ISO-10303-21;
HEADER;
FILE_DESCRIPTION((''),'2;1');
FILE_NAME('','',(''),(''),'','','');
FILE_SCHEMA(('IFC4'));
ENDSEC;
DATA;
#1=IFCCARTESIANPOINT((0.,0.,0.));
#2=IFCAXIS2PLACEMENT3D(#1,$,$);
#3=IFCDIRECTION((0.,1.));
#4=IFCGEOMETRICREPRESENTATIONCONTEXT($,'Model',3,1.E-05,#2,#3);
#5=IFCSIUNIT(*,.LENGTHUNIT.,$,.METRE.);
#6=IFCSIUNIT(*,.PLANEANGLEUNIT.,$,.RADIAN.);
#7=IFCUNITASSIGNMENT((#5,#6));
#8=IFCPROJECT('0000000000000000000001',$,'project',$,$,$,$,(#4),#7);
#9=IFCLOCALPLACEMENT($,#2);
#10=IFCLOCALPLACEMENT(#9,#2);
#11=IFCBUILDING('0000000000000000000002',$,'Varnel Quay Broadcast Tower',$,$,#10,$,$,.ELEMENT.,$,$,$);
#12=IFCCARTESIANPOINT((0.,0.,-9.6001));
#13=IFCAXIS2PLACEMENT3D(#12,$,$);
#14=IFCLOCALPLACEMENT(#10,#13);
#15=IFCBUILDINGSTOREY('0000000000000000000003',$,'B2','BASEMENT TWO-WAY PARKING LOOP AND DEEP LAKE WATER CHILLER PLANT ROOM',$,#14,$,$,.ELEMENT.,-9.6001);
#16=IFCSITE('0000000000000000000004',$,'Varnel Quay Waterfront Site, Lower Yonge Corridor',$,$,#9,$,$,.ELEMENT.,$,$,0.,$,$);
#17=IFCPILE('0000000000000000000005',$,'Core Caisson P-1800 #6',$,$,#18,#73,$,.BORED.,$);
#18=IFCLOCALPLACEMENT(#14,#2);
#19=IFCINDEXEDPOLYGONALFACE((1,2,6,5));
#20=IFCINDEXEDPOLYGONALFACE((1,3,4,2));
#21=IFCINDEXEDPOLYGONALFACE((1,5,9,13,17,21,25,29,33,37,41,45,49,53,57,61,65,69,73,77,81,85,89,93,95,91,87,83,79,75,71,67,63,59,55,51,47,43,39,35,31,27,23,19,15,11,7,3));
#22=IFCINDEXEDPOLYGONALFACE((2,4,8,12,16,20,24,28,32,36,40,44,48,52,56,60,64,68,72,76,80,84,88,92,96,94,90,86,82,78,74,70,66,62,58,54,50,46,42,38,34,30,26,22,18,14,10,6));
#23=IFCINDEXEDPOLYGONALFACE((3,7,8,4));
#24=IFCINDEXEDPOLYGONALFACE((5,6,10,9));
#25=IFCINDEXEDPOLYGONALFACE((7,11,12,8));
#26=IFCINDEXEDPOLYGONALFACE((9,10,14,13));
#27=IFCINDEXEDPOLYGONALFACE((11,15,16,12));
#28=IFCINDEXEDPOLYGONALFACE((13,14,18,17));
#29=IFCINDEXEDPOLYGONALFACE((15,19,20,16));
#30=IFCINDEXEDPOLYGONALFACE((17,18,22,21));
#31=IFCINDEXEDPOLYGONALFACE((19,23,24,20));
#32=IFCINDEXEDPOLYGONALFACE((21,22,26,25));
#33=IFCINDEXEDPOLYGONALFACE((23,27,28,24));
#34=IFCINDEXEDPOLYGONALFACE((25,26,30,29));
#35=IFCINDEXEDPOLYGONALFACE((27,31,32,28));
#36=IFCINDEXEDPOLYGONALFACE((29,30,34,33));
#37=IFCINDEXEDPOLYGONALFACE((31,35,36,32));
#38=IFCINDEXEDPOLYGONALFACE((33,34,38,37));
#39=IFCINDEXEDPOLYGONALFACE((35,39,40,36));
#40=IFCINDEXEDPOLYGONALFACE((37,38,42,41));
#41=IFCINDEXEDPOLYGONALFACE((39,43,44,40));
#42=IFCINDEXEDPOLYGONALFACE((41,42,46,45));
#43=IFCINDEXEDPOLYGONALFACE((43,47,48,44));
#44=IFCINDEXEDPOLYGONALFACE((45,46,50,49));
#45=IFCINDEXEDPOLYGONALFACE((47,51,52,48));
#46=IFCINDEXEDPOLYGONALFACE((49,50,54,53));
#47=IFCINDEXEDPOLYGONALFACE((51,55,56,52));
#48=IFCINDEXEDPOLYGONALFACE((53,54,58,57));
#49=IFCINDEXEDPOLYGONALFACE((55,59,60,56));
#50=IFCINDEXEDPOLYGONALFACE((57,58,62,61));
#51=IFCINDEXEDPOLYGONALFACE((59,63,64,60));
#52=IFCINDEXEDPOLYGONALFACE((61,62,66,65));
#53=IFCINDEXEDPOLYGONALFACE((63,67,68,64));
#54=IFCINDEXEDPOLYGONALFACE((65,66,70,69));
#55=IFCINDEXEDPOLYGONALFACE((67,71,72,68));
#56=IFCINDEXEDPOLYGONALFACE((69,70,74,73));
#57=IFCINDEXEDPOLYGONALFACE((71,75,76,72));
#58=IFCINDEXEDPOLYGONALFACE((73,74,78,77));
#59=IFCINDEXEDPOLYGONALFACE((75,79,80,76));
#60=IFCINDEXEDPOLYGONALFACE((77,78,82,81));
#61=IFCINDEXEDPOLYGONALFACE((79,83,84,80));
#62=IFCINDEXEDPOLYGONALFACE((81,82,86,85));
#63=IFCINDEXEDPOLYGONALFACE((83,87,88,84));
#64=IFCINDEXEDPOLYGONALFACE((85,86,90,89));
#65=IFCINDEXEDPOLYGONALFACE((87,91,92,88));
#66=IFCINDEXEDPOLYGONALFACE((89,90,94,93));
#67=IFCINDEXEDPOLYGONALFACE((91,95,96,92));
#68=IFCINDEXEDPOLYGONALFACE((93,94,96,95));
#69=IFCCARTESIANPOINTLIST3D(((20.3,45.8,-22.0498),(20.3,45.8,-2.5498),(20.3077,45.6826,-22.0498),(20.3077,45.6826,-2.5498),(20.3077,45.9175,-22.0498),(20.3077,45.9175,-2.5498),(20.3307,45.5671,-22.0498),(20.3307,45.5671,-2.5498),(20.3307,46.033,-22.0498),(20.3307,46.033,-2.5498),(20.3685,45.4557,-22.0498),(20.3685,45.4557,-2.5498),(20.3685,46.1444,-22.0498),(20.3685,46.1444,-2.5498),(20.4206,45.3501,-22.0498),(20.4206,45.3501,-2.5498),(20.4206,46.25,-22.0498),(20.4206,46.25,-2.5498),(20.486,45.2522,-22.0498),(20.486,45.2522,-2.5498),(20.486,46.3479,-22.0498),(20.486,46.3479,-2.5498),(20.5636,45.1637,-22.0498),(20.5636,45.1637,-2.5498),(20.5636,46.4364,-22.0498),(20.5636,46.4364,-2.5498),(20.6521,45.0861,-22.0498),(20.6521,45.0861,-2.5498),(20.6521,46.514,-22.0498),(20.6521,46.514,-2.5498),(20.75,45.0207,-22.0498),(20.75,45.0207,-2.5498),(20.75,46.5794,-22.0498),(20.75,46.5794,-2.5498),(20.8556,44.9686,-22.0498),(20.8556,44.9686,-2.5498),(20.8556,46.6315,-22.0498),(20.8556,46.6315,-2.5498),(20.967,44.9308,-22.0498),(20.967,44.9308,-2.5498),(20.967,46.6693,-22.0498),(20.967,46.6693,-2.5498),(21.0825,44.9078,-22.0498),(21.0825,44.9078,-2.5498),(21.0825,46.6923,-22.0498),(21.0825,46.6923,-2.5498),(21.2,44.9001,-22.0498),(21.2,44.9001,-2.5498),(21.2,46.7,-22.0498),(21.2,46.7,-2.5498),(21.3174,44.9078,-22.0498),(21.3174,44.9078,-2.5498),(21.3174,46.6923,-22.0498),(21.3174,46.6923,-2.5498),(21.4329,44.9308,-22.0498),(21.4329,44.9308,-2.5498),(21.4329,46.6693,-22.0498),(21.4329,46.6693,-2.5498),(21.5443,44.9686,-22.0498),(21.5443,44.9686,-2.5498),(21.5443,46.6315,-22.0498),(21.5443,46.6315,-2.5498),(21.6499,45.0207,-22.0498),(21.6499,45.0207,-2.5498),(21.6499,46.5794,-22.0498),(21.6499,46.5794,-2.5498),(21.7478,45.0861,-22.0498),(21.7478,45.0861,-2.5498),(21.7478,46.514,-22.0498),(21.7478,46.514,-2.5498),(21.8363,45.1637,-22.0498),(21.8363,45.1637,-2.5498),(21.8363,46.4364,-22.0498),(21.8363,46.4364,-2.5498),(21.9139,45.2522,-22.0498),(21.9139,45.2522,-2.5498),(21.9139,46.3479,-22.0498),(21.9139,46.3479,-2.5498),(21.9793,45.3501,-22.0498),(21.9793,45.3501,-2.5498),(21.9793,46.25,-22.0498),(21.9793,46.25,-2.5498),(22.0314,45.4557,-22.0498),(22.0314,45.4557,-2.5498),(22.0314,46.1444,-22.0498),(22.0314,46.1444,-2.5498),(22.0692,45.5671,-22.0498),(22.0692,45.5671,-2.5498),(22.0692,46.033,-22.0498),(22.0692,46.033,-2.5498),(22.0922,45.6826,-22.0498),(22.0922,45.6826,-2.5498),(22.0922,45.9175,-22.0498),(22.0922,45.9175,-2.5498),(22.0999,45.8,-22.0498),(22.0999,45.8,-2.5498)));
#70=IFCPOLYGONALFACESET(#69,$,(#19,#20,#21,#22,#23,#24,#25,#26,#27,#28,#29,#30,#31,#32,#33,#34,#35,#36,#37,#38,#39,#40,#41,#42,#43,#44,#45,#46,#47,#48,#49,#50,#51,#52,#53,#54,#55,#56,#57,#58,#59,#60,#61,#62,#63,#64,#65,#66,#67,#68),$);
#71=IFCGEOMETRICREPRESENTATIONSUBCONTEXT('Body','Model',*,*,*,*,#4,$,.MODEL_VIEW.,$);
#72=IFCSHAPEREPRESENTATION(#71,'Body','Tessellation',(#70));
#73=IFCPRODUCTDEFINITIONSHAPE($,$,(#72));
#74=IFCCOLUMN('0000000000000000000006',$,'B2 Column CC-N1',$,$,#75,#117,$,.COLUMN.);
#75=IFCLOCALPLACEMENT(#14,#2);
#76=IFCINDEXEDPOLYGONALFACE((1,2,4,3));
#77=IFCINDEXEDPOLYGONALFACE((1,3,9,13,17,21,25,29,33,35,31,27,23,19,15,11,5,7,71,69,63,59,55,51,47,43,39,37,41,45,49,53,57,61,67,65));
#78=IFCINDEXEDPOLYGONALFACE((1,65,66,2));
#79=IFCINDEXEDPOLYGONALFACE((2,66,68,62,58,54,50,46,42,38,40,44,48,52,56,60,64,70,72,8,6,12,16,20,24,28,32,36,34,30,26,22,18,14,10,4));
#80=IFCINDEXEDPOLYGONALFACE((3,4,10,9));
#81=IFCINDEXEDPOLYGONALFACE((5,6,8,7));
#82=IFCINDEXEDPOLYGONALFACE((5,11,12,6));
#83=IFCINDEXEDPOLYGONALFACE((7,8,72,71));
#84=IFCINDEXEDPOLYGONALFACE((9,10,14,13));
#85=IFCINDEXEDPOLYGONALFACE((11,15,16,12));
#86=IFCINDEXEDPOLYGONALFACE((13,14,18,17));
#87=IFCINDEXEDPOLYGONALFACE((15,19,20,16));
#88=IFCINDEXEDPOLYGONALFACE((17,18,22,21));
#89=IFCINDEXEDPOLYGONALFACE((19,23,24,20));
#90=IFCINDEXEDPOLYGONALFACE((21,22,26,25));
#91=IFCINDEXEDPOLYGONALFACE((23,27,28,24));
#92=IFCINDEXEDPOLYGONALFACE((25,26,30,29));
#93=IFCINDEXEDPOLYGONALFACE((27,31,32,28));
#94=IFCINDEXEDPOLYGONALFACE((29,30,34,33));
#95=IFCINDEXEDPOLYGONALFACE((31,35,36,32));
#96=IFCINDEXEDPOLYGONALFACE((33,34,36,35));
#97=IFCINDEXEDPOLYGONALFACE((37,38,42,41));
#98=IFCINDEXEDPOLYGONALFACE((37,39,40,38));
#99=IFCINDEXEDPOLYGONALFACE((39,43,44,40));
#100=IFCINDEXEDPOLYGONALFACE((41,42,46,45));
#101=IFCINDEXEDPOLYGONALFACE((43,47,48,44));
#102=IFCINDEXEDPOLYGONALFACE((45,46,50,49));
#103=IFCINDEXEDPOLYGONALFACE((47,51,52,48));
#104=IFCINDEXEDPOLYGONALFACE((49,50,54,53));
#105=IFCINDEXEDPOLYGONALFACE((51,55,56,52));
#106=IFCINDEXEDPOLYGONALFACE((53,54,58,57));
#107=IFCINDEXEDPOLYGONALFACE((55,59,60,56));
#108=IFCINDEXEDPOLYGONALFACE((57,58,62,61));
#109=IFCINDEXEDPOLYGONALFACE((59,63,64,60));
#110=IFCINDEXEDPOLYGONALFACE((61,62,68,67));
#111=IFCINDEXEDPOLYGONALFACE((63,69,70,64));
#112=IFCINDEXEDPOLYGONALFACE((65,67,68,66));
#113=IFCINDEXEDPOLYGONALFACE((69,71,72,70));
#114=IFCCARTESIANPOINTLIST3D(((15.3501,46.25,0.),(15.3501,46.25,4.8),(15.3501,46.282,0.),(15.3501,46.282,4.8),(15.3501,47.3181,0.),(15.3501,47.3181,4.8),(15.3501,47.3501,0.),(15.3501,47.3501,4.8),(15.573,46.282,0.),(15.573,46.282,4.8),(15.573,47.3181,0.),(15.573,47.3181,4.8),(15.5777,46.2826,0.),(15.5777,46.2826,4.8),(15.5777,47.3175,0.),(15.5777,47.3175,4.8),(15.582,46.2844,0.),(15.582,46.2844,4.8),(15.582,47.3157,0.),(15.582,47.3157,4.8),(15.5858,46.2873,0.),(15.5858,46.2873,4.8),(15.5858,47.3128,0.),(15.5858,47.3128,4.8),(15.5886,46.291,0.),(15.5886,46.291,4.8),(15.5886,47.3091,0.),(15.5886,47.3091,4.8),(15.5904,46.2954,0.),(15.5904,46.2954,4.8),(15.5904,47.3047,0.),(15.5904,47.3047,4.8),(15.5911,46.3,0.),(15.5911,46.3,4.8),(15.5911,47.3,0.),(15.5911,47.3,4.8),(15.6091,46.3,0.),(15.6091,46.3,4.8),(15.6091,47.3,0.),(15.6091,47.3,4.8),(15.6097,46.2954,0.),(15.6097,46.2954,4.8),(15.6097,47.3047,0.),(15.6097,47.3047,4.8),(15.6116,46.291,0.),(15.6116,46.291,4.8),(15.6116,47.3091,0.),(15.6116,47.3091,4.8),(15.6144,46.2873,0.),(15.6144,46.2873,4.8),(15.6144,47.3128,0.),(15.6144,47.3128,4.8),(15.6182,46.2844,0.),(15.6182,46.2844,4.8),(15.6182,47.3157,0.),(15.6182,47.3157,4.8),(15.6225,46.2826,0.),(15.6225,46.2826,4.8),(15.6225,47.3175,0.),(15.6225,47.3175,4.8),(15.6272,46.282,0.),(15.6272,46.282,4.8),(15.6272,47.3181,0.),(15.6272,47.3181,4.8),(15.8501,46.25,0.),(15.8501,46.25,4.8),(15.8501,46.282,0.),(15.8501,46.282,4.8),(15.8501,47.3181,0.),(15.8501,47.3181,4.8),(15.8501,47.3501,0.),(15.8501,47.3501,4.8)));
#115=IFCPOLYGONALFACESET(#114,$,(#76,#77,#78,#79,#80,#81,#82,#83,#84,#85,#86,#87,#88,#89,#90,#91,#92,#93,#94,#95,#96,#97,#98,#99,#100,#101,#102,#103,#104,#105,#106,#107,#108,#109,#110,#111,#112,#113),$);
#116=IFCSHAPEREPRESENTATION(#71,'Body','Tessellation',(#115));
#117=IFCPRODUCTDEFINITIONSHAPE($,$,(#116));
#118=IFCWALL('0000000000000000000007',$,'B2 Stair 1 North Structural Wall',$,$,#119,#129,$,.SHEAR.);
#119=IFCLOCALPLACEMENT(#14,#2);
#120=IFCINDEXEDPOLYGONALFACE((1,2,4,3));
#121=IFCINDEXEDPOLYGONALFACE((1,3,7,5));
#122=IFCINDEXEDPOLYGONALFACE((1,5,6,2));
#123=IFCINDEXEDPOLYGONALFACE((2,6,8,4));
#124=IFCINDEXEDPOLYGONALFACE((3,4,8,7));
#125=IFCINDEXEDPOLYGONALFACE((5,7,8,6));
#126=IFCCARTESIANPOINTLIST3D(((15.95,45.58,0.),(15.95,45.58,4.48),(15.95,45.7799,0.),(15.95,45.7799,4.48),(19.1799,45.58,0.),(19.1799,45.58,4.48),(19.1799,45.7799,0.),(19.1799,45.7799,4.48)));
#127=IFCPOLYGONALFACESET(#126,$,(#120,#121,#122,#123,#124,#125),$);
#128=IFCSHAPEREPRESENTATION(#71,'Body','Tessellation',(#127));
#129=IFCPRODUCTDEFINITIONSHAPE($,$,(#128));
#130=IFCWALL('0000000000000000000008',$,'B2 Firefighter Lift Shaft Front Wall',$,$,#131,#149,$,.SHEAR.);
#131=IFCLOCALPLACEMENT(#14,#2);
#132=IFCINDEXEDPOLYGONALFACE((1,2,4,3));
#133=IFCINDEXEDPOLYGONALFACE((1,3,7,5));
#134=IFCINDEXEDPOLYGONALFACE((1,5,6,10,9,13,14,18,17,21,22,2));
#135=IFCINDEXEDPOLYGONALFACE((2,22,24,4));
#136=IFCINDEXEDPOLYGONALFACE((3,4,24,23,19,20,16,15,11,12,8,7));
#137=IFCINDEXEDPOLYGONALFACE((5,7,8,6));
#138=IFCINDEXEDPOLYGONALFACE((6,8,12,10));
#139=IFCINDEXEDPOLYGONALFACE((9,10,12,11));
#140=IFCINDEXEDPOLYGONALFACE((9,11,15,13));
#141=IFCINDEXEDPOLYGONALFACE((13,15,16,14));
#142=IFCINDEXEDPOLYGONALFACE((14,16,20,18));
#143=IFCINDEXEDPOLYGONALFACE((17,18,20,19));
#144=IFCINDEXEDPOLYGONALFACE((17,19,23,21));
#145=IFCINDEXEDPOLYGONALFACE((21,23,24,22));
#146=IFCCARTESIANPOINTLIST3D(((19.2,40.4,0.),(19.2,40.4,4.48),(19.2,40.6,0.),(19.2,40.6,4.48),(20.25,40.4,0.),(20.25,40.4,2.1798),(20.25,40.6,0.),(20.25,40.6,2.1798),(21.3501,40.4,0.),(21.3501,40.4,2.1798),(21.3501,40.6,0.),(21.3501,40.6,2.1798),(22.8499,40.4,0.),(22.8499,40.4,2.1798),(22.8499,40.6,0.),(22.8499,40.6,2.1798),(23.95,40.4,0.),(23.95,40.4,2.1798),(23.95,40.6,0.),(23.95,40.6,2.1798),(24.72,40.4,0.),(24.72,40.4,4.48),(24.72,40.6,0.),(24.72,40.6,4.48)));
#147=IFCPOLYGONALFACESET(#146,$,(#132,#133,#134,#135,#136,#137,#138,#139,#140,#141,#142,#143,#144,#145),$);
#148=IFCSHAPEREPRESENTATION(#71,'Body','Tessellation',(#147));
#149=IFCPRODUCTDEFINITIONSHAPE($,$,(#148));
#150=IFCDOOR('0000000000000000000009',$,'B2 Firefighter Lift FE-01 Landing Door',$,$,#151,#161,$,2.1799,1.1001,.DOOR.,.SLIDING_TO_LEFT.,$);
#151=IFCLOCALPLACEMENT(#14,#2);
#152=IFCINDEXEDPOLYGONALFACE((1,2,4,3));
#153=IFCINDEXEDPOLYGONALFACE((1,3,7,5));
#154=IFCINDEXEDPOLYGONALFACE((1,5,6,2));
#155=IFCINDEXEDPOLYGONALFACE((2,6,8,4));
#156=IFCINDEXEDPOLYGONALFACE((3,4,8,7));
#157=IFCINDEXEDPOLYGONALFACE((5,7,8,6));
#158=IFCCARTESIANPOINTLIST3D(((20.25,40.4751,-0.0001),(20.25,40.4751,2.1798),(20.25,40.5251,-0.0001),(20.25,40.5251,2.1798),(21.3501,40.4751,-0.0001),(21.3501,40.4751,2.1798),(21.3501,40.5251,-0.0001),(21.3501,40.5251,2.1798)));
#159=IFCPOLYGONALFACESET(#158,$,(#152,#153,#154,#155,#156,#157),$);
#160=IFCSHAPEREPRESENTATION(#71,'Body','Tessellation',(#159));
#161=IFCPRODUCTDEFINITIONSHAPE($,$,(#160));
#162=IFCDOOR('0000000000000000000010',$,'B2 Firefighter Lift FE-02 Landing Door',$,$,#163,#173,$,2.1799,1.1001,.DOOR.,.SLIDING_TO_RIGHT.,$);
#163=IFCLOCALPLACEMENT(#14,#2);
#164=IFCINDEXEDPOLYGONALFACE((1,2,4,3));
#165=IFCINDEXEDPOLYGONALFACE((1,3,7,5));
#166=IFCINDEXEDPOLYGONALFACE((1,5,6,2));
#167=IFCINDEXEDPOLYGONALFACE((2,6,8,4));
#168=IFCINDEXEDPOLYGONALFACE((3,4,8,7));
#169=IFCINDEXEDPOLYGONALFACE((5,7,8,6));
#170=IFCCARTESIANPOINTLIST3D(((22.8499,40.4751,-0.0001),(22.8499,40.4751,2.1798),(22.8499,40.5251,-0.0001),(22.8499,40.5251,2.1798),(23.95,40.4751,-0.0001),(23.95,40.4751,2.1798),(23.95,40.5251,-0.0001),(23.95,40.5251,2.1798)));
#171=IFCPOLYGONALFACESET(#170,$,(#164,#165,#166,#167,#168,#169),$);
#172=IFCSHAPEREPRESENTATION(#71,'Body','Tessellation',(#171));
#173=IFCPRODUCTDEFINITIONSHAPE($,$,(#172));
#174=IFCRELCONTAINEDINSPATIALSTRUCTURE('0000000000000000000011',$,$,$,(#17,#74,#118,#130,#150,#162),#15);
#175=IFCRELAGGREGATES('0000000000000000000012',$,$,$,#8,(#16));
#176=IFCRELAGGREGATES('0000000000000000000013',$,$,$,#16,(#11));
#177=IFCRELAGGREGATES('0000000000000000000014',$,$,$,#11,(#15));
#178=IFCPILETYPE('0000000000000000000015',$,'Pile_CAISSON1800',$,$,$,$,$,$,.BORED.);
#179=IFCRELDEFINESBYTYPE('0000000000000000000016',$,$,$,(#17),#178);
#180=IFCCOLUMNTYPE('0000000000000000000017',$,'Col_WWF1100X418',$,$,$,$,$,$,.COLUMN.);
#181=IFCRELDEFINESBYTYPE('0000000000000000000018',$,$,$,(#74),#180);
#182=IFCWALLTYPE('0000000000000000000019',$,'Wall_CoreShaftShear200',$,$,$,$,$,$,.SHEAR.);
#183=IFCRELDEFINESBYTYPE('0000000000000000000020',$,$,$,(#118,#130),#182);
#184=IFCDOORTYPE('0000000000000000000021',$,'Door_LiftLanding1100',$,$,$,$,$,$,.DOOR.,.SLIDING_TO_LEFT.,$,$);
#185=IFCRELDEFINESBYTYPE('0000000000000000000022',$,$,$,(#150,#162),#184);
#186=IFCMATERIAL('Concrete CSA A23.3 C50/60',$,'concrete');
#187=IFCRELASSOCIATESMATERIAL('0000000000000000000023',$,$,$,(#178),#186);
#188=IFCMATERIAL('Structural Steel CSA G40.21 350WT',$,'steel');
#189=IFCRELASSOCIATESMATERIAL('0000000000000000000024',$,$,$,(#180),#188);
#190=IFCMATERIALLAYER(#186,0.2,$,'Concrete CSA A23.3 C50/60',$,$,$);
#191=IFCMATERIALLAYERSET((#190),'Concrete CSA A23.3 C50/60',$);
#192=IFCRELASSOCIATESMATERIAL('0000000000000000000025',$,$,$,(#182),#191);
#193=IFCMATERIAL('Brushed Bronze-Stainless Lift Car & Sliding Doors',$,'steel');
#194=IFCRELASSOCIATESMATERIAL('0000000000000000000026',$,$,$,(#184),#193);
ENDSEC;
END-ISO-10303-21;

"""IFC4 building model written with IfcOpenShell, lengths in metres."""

from ifc_helpers import new_model, si_unit, direction, frame, frame_2d, origin, origin_2d, place, context, subcontext, project, spatial, rectangle, circle, i_section, extrude, source, transform, mapped, material, layer, layer_set, material_profile, profile_set, type_object, type_shapes, element, fill, save


model = new_model("IFC4")

# Units and contexts
model_context = context("Model", 3, precision=1e-05, world=origin(), true_north=direction((0.0, 1.0)))
body_context = subcontext(model_context, "Body", "Model", "MODEL_VIEW")
ifc_project = project(units=[si_unit("LENGTHUNIT", "METRE"), si_unit("PLANEANGLEUNIT", "RADIAN")], contexts=[model_context])

# Site, building, storey
site_placement = place(None, origin())
site = spatial("IfcSite", under=ifc_project, at=site_placement, Name="Varnel Quay Waterfront Site, Lower Yonge Corridor", CompositionType="ELEMENT", RefElevation=0.0)
building_placement = place(site_placement, origin())
building = spatial("IfcBuilding", under=site, at=building_placement, Name="Varnel Quay Broadcast Tower", CompositionType="ELEMENT")
storey_placement = place(building_placement, frame((0.0, 0.0, -9.6001)))
storey = spatial("IfcBuildingStorey", under=building, at=storey_placement, Name="B2", Description="BASEMENT TWO-WAY PARKING LOOP AND DEEP LAKE WATER CHILLER PLANT ROOM", CompositionType="ELEMENT", Elevation=-9.6001)

# Pile
ifc_material_1 = material(Name="Concrete CSA A23.3 C50/60", Category="concrete")
ifc_material_profile_1 = material_profile(ifc_material_1, circle(Radius=0.8999, at=origin_2d()), Name="CAISSON1800")
ifc_profile_set_1 = profile_set([ifc_material_profile_1], Name="Concrete CSA A23.3 C50/60")
pile_type = type_object("IfcPileType", Name="Pile_CAISSON1800", PredefinedType="BORED", material=ifc_profile_set_1)
shared_shape_1 = source(origin(), body_context, "Body", "SweptSolid", [
    extrude(circle(Radius=0.8999, at=origin_2d()), origin(), (0.0, 0.0, 1.0), 19.5),
])
type_shapes(pile_type, [shared_shape_1])
for number, where, z_axis, x_axis, name in (
    (1, (21.2, 45.8, -2.5498), (0.0, 0.0, -1.0), (1.0, 0.0, 0.0), "Core Caisson P-1800 #6"),
):
    element("IfcPile", number, at=place(storey_placement, frame(where, z_axis=z_axis, x_axis=x_axis)), inside=storey, type_object=pile_type, Name=name, PredefinedType="BORED", context=body_context, shape_type="MappedRepresentation", body=[
        mapped(shared_shape_1, transform((0.0, 0.0, 0.0), x_axis=(1.0, 0.0, 0.0), y_axis=(0.0, 1.0, 0.0), z_axis=(0.0, 0.0, 1.0), scale=1.0)),
    ])

# Column
ifc_material_2 = material(Name="Structural Steel CSA G40.21 350WT", Category="steel")
ifc_material_profile_2 = material_profile(ifc_material_2, i_section(OverallWidth=0.5, OverallDepth=1.1001, WebThickness=0.0181, FlangeThickness=0.032, FilletRadius=0.0181, at=origin_2d()), Name="WWF1100X418")
ifc_profile_set_2 = profile_set([ifc_material_profile_2], Name="Structural Steel CSA G40.21 350WT")
column_type = type_object("IfcColumnType", Name="Col_WWF1100X418", PredefinedType="COLUMN", material=ifc_profile_set_2)
shared_shape_2 = source(origin(), body_context, "Body", "SweptSolid", [
    extrude(i_section(OverallWidth=0.5, OverallDepth=1.1001, WebThickness=0.0181, FlangeThickness=0.032, FilletRadius=0.0181, at=origin_2d()), origin(), (0.0, 0.0, 1.0), 4.8),
])
type_shapes(column_type, [shared_shape_2])
column_placement = place(storey_placement, frame((15.6001, 46.8, 0.0), z_axis=(0.0, 0.0, 1.0), x_axis=(1.0, 0.0, 0.0)))
element("IfcColumn", 2, at=column_placement, inside=storey, type_object=column_type, Name="B2 Column CC-N1", PredefinedType="COLUMN", context=body_context, shape_type="MappedRepresentation", body=[
    mapped(shared_shape_2, transform((0.0, 0.0, 0.0), x_axis=(1.0, 0.0, 0.0), y_axis=(0.0, 1.0, 0.0), z_axis=(0.0, 0.0, 1.0), scale=1.0)),
])

# Wall
ifc_layer_1 = layer(ifc_material_1, 0.2, Name="Concrete CSA A23.3 C50/60")
ifc_layer_set_1 = layer_set([ifc_layer_1], Name="Concrete CSA A23.3 C50/60")
wall_type_1 = type_object("IfcWallType", Name="Wall_CoreShaftShear200", PredefinedType="SHEAR", material=ifc_layer_set_1)
wall_1_placement = place(storey_placement, frame((15.95, 45.6799, 0.0), z_axis=(0.0, 0.0, 1.0), x_axis=(1.0, 0.0, 0.0)))
element("IfcWall", 3, at=wall_1_placement, inside=storey, type_object=wall_type_1, Name="B2 Stair 1 North Structural Wall", PredefinedType="SHEAR", context=body_context, shape_type="SweptSolid", body=[
    extrude(rectangle(XDim=3.23, YDim=0.2, at=frame_2d((1.615, 0.0))), origin(), (0.0, 0.0, 1.0), 4.48),
])

# Wall, openings, doors
wall_2_placement = place(storey_placement, frame((19.2, 40.5, 0.0), z_axis=(0.0, 0.0, 1.0), x_axis=(1.0, 0.0, 0.0)))
wall_2 = element("IfcWall", 4, at=wall_2_placement, inside=storey, type_object=wall_type_1, Name="B2 Firefighter Lift Shaft Front Wall", PredefinedType="SHEAR", context=body_context, shape_type="SweptSolid", body=[
    extrude(rectangle(XDim=5.52, YDim=0.2, at=frame_2d((2.76, 0.0))), origin(), (0.0, 0.0, 1.0), 4.48),
])
opening_1_placement = place(wall_2_placement, frame((1.05, 0.0, 0.0)))
opening_1 = element("IfcOpeningElement", 5, at=opening_1_placement, cuts=wall_2, PredefinedType="OPENING", context=body_context, shape_type="SweptSolid", body=[
    extrude(rectangle(XDim=1.1001, YDim=2.1799, at=frame_2d((0.55, 1.0898))), frame((0.0, 0.1099, 0.0), z_axis=(0.0, -1.0, 0.0), x_axis=(1.0, 0.0, 0.0)), (0.0, 0.0, 1.0), 0.22),
])
opening_2_placement = place(wall_2_placement, frame((3.6499, 0.0, 0.0)))
opening_2 = element("IfcOpeningElement", 6, at=opening_2_placement, cuts=wall_2, PredefinedType="OPENING", context=body_context, shape_type="SweptSolid", body=[
    extrude(rectangle(XDim=1.1001, YDim=2.1799, at=frame_2d((0.55, 1.0898))), frame((0.0, 0.1099, 0.0), z_axis=(0.0, -1.0, 0.0), x_axis=(1.0, 0.0, 0.0)), (0.0, 0.0, 1.0), 0.22),
])
ifc_material_3 = material(Name="Brushed Bronze-Stainless Lift Car & Sliding Doors", Category="steel")
door_type = type_object("IfcDoorType", Name="Door_LiftLanding1100", OperationType="SLIDING_TO_LEFT", PredefinedType="DOOR", material=ifc_material_3)
shared_shape_3 = source(origin(), body_context, "Body", "SweptSolid", [
    extrude(rectangle(XDim=1.1001, YDim=2.1799, at=frame_2d((0.55, 1.0898))), frame((0.0, 0.0249, 0.0), z_axis=(0.0, -1.0, 0.0), x_axis=(1.0, 0.0, 0.0)), (0.0, 0.0, 1.0), 0.05),
])
type_shapes(door_type, [shared_shape_3])
door_1_placement = place(opening_1_placement, frame((1.1001, 0.0, 0.0), z_axis=(0.0, 0.0, 1.0), x_axis=(-1.0, 0.0, 0.0)))
door_1 = element("IfcDoor", 7, at=door_1_placement, inside=storey, type_object=door_type, Name="B2 Firefighter Lift FE-01 Landing Door", OperationType="SLIDING_TO_LEFT", OverallHeight=2.1799, OverallWidth=1.1001, PredefinedType="DOOR", context=body_context, shape_type="MappedRepresentation", body=[
    mapped(shared_shape_3, transform((0.0, 0.0, 0.0), x_axis=(1.0, 0.0, 0.0), y_axis=(0.0, 1.0, 0.0), z_axis=(0.0, 0.0, 1.0), scale=1.0)),
])
fill(opening_1, door_1)
door_2_placement = place(opening_2_placement, frame((1.1001, 0.0, 0.0), z_axis=(0.0, 0.0, 1.0), x_axis=(-1.0, 0.0, 0.0)))
door_2 = element("IfcDoor", 8, at=door_2_placement, inside=storey, type_object=door_type, Name="B2 Firefighter Lift FE-02 Landing Door", OperationType="SLIDING_TO_RIGHT", OverallHeight=2.1799, OverallWidth=1.1001, PredefinedType="DOOR", context=body_context, shape_type="MappedRepresentation", body=[
    mapped(shared_shape_3, transform((0.0, 0.0, 0.0), x_axis=(1.0, 0.0, 0.0), y_axis=(0.0, 1.0, 0.0), z_axis=(0.0, 0.0, 1.0), scale=1.0)),
])
fill(opening_2, door_2)

save(model, "model.ifc")
